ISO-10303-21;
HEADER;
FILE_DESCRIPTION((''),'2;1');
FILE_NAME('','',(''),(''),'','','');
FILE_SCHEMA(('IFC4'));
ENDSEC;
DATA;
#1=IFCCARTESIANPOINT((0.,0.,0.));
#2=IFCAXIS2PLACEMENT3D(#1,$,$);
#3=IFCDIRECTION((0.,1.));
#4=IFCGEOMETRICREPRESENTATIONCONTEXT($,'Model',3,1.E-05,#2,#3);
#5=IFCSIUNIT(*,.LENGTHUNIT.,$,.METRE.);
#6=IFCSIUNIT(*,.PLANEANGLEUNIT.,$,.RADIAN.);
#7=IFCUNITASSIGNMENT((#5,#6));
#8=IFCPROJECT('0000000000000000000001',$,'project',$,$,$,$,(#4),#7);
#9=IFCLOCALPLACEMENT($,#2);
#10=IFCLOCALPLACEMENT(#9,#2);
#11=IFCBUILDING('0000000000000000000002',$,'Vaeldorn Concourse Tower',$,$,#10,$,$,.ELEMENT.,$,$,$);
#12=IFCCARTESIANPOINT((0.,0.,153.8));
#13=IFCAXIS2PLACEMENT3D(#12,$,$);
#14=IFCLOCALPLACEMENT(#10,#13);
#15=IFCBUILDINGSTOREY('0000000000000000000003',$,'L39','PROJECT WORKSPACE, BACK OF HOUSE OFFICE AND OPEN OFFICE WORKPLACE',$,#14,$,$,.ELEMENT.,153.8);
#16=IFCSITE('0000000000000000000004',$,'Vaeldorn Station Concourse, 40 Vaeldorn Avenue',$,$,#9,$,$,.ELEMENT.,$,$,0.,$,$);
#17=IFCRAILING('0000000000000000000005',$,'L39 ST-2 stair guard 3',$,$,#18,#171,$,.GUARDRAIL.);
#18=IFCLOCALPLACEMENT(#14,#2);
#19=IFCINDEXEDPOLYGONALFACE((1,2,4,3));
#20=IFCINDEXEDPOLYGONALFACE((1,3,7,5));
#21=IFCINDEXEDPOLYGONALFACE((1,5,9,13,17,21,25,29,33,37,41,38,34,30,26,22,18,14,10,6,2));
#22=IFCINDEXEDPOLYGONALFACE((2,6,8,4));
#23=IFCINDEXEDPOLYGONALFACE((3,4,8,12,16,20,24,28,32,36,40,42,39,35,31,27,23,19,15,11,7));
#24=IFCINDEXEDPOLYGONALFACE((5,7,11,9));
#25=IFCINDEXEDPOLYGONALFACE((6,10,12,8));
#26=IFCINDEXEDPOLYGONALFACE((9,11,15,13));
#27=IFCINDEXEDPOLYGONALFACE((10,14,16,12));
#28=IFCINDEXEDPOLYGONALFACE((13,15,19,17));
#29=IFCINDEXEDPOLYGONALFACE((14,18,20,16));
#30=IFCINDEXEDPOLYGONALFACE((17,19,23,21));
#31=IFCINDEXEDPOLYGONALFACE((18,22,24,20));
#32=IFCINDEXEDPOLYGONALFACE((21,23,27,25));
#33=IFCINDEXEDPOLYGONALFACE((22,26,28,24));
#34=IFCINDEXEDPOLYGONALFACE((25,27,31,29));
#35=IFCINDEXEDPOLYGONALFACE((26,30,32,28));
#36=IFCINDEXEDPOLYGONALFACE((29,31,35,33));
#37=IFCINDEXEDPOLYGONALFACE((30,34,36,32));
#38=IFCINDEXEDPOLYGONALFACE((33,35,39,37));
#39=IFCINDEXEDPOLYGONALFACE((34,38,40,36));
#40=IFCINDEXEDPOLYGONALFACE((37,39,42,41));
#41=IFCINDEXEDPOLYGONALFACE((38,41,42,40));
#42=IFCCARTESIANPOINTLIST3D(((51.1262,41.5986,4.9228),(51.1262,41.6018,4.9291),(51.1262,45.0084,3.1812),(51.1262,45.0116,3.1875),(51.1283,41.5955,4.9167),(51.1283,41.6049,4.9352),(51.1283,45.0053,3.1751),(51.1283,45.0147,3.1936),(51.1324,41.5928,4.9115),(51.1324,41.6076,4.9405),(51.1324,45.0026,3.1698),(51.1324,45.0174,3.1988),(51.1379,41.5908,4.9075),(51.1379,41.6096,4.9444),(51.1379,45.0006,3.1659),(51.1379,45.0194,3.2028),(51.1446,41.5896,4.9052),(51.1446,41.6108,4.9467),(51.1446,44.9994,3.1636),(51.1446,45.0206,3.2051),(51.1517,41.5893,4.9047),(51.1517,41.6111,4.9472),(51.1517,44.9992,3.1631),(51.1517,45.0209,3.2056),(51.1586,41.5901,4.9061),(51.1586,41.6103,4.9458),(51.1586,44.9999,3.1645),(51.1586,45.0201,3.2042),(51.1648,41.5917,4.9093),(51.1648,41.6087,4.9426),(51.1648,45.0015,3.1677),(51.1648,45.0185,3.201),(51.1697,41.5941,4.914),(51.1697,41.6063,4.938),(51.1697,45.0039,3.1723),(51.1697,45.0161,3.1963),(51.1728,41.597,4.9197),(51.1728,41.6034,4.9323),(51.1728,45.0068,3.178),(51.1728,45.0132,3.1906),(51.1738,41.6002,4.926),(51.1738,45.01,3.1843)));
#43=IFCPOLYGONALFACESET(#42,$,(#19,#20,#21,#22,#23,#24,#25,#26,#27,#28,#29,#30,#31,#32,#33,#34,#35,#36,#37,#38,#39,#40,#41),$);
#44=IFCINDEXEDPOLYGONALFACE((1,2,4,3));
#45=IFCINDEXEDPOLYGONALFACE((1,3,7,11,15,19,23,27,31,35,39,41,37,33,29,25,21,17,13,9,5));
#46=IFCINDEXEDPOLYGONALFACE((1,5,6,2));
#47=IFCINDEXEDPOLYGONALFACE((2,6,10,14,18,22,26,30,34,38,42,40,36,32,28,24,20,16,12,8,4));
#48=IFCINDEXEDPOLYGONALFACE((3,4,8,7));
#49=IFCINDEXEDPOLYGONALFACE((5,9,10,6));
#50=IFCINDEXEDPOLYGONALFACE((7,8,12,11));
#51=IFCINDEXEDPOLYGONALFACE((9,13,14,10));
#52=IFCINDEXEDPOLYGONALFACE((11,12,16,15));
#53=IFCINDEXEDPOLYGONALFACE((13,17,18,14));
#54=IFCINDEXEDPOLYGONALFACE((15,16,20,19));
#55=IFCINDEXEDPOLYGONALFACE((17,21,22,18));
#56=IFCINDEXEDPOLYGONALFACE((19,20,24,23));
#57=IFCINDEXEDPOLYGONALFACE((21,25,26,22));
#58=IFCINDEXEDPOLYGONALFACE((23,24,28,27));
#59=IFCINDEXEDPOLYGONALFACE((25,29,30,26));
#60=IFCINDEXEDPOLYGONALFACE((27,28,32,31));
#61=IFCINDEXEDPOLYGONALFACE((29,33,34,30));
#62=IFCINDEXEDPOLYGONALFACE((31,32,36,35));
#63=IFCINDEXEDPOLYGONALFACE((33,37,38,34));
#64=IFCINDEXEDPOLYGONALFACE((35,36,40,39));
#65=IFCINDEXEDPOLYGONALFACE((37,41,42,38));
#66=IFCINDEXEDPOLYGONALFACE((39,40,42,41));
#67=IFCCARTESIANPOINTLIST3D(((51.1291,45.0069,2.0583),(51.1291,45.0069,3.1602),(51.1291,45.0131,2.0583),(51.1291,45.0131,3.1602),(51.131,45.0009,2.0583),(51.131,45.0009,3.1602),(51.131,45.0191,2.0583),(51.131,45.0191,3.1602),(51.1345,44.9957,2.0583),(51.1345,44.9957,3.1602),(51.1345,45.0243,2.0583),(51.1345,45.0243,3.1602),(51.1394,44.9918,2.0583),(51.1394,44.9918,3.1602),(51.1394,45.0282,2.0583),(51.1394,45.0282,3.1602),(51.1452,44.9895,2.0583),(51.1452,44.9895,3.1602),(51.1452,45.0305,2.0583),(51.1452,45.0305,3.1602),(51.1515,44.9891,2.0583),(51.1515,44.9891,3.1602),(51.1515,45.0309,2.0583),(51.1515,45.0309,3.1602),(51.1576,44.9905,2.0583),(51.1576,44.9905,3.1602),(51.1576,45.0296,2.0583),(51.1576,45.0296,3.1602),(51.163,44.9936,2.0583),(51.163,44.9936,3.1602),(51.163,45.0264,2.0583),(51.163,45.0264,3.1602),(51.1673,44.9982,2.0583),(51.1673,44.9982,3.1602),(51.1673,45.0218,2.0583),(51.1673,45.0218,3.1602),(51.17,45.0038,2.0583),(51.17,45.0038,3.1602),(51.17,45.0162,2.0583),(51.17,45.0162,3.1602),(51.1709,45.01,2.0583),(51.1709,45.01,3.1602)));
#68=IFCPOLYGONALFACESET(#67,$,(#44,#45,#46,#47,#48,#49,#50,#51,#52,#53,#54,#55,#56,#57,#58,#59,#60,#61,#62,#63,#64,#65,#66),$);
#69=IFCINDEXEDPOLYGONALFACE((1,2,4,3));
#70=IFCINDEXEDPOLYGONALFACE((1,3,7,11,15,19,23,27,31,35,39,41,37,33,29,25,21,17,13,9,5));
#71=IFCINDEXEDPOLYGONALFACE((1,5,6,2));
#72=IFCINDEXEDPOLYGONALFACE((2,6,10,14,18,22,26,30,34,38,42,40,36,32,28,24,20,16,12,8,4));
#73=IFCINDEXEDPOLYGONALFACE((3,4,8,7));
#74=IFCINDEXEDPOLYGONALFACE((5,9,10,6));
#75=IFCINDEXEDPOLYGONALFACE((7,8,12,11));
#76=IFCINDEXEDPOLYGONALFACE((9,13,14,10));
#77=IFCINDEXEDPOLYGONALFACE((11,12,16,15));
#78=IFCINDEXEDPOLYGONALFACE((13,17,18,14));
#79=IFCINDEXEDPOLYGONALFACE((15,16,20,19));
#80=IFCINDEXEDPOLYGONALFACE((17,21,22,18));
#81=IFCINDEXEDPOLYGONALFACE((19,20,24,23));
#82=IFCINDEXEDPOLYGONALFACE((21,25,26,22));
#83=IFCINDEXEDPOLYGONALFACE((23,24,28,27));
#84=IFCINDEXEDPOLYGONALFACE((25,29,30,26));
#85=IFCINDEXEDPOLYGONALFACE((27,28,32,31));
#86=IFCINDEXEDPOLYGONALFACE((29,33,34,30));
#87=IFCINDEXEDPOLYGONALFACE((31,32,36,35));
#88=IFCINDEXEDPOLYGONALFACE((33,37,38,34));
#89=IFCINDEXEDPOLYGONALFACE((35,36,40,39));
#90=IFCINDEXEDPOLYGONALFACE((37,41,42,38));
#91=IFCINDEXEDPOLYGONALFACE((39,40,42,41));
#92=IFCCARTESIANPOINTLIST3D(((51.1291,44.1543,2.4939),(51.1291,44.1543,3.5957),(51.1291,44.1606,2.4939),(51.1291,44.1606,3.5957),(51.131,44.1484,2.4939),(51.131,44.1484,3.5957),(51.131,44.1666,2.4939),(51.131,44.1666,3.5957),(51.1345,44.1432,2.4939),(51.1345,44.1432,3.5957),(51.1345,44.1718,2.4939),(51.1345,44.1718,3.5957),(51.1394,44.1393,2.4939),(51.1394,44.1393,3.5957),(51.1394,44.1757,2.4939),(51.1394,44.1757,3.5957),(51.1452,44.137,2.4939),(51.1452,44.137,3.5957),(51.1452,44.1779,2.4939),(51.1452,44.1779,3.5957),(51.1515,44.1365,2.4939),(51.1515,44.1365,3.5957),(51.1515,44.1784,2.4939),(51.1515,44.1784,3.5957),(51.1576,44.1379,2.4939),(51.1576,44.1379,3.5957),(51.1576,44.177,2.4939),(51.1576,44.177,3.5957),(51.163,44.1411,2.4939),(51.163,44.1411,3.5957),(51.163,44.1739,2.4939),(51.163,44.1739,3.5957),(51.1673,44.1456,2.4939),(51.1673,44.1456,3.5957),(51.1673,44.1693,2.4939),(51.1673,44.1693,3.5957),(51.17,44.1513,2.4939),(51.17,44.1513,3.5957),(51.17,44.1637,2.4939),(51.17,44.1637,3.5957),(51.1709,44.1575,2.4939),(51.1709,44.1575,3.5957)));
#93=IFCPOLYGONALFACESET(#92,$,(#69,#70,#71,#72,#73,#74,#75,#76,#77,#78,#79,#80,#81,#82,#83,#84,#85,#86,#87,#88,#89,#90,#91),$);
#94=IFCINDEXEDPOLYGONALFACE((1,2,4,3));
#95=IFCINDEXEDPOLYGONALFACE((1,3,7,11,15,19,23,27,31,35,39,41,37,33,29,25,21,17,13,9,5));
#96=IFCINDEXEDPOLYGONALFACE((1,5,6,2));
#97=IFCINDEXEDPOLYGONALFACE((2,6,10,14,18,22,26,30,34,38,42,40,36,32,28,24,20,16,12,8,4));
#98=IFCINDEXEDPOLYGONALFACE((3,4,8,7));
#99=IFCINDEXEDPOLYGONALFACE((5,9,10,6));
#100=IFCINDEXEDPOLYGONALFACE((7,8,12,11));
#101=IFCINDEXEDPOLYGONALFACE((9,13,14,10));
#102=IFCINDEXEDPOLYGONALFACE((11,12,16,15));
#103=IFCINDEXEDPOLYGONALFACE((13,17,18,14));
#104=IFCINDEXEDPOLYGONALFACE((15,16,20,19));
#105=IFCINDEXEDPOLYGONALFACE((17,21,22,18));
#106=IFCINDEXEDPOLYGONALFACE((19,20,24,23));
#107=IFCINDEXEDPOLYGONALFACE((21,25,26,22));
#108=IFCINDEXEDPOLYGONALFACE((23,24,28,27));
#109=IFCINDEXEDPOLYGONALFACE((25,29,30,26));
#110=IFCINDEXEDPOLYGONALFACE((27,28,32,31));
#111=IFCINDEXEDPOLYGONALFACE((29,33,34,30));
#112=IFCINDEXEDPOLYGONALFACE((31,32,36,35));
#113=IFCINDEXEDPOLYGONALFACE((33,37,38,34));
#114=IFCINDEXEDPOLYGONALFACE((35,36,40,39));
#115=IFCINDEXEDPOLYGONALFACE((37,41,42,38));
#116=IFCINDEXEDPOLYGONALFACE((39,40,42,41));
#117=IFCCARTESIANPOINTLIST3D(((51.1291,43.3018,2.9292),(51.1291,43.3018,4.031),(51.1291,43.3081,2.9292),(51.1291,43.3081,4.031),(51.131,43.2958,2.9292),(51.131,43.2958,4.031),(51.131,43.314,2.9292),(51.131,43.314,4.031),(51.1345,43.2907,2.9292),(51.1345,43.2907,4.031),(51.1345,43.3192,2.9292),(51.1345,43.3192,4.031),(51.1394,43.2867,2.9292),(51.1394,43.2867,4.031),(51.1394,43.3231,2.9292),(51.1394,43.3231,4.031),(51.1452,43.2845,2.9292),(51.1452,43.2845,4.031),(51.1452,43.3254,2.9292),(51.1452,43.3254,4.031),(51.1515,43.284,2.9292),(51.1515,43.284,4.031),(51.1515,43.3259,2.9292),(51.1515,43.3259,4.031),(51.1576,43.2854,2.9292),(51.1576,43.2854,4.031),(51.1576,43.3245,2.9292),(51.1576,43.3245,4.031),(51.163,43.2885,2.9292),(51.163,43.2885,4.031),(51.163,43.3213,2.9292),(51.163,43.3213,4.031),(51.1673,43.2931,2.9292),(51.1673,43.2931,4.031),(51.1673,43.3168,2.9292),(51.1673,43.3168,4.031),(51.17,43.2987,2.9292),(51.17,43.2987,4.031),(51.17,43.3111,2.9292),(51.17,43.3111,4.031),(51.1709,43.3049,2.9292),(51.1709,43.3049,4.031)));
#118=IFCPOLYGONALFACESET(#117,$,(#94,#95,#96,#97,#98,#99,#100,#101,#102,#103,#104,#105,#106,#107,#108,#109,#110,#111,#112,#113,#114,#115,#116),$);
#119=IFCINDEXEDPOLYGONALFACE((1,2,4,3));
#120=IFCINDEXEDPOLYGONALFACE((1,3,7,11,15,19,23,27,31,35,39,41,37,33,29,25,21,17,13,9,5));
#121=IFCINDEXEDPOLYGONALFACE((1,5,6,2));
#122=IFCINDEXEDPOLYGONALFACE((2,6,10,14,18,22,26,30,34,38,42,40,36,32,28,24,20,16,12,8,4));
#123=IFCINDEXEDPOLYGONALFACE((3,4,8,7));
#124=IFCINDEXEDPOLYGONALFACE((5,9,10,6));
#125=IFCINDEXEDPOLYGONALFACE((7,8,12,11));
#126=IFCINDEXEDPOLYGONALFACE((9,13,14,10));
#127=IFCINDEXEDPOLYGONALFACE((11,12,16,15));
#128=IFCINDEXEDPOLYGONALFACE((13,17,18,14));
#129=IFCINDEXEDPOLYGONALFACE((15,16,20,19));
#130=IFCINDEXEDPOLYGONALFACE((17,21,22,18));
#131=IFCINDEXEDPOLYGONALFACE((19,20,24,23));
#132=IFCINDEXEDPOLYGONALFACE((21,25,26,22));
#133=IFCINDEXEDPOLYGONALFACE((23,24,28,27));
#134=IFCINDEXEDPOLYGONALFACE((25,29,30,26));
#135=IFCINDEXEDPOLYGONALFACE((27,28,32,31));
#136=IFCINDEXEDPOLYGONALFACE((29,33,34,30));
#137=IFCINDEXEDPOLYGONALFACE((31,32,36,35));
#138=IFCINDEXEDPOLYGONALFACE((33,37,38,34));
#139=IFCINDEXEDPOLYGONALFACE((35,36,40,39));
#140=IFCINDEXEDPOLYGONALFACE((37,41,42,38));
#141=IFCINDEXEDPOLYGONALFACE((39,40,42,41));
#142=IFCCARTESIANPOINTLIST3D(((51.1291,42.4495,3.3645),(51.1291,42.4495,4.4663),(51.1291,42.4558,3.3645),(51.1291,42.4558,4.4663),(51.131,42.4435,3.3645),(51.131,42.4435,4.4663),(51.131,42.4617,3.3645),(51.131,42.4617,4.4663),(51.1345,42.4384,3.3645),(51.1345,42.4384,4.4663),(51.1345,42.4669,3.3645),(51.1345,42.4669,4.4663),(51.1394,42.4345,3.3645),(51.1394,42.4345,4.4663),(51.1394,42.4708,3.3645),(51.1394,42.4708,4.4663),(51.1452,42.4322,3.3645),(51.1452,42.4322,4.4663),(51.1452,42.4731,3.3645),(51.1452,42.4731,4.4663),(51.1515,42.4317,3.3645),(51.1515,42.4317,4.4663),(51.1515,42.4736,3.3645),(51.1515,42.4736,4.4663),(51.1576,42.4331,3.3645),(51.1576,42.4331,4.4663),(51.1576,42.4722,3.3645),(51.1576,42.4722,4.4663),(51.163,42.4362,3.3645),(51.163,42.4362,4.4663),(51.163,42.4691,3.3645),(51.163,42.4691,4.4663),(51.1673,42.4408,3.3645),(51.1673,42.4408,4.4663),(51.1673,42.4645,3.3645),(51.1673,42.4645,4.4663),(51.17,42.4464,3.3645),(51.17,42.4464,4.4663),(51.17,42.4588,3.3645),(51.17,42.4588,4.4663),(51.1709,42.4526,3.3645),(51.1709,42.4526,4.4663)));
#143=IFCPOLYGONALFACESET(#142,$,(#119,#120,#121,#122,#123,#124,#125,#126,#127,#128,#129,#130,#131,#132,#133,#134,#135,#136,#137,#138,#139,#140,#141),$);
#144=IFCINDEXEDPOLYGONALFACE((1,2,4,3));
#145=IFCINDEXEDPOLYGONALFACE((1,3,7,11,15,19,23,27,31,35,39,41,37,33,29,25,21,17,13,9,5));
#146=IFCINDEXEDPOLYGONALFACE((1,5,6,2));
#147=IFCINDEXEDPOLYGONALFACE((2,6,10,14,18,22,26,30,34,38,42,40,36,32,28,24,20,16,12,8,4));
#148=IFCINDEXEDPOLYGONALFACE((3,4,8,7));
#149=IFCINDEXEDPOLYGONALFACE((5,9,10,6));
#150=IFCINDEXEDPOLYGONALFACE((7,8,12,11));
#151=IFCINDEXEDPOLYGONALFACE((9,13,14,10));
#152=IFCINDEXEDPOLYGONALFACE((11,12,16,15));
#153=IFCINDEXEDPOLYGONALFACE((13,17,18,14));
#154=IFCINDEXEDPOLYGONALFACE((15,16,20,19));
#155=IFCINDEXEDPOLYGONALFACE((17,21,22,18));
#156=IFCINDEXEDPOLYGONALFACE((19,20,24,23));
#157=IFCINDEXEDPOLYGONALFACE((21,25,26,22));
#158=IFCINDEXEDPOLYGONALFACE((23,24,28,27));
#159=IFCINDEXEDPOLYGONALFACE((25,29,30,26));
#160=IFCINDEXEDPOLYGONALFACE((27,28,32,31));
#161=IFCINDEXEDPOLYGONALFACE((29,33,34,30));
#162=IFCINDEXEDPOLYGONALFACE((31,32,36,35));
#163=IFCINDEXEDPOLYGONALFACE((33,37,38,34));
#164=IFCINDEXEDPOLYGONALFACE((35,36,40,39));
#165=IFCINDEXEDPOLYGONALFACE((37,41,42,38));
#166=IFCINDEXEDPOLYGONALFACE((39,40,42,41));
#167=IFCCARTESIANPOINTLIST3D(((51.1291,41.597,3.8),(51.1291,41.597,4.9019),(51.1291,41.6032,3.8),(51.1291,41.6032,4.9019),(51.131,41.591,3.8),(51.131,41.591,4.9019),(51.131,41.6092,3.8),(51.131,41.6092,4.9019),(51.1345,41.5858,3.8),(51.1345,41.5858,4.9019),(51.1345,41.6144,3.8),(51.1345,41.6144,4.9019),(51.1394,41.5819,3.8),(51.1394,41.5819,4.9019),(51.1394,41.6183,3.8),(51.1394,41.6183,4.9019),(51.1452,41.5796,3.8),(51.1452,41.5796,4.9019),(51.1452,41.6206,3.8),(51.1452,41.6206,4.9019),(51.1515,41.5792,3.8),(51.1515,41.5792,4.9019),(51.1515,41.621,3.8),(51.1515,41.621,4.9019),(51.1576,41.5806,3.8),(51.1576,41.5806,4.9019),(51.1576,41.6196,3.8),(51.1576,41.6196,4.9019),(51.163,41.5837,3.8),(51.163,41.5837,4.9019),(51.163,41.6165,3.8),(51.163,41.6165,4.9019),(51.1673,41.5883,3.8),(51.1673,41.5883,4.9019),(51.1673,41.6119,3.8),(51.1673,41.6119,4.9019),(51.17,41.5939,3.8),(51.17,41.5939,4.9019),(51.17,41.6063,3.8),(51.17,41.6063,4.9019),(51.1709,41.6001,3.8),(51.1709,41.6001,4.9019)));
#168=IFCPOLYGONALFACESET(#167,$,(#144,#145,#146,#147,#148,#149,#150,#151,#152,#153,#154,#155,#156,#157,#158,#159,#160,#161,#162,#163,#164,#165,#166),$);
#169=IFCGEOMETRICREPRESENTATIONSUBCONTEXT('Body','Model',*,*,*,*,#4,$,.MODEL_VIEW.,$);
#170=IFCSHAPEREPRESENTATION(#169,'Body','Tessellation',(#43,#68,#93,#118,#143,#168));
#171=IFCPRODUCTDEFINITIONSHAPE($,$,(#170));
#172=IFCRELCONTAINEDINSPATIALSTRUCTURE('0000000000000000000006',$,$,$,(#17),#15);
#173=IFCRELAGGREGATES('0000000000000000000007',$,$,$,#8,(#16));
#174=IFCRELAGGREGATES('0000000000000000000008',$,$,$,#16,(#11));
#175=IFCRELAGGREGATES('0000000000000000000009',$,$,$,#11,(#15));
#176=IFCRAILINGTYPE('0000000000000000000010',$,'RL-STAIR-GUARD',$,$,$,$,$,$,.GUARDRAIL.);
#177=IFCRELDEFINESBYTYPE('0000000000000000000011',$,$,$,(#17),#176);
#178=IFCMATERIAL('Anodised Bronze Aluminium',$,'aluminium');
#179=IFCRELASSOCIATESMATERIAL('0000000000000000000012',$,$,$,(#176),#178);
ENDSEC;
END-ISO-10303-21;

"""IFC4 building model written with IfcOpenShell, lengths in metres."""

from ifc_helpers import new_model, si_unit, direction, frame, origin, origin_2d, place, context, subcontext, project, spatial, circle, extrude, material, type_object, element, save


model = new_model("IFC4")

# Units and contexts
model_context = context("Model", 3, precision=1e-05, world=origin(), true_north=direction((0.0, 1.0)))
body_context = subcontext(model_context, "Body", "Model", "MODEL_VIEW")
ifc_project = project(units=[si_unit("LENGTHUNIT", "METRE"), si_unit("PLANEANGLEUNIT", "RADIAN")], contexts=[model_context])

# Site, building, storey
site_placement = place(None, origin())
site = spatial("IfcSite", under=ifc_project, at=site_placement, Name="Vaeldorn Station Concourse, 40 Vaeldorn Avenue", CompositionType="ELEMENT", RefElevation=0.0)
building_placement = place(site_placement, origin())
building = spatial("IfcBuilding", under=site, at=building_placement, Name="Vaeldorn Concourse Tower", CompositionType="ELEMENT")
storey_placement = place(building_placement, frame((0.0, 0.0, 153.8)))
storey = spatial("IfcBuildingStorey", under=building, at=storey_placement, Name="L39", Description="PROJECT WORKSPACE, BACK OF HOUSE OFFICE AND OPEN OFFICE WORKPLACE", CompositionType="ELEMENT", Elevation=153.8)

# Shared definitions
ifc_material_1 = material(Name="Anodised Bronze Aluminium", Category="aluminium")

# Railing
railing_type_1 = type_object("IfcRailingType", Name="RL-STAIR-GUARD", PredefinedType="GUARDRAIL", material=ifc_material_1)
railing_1_placement = place(storey_placement, frame((51.1499, 45.01, 2.0583)))
element("IfcRailing", 1, at=railing_1_placement, inside=storey, type_object=railing_type_1, Name="L39 ST-2 stair guard 3", PredefinedType="GUARDRAIL", context=body_context, shape_type="SweptSolid", body=[
    extrude(circle(Radius=0.0239, at=origin_2d()), frame((0.0, 0.0, 1.126), z_axis=(0.0, -0.890556, 0.454874), x_axis=(1.0, 0.0, 0.0)), (0.0, 0.0, 1.0), 3.8289),
    extrude(circle(Radius=0.021, at=origin_2d()), origin(), (0.0, 0.0, 1.0), 1.1018),
    extrude(circle(Radius=0.021, at=origin_2d()), frame((0.0, -0.8525, 0.4355)), (0.0, 0.0, 1.0), 1.1018),
    extrude(circle(Radius=0.021, at=origin_2d()), frame((0.0, -1.7051, 0.8708)), (0.0, 0.0, 1.0), 1.1018),
    extrude(circle(Radius=0.021, at=origin_2d()), frame((0.0, -2.5574, 1.3062)), (0.0, 0.0, 1.0), 1.1018),
    extrude(circle(Radius=0.021, at=origin_2d()), frame((0.0, -3.4099, 1.7417)), (0.0, 0.0, 1.0), 1.1018),
])

save(model, "model.ifc")
